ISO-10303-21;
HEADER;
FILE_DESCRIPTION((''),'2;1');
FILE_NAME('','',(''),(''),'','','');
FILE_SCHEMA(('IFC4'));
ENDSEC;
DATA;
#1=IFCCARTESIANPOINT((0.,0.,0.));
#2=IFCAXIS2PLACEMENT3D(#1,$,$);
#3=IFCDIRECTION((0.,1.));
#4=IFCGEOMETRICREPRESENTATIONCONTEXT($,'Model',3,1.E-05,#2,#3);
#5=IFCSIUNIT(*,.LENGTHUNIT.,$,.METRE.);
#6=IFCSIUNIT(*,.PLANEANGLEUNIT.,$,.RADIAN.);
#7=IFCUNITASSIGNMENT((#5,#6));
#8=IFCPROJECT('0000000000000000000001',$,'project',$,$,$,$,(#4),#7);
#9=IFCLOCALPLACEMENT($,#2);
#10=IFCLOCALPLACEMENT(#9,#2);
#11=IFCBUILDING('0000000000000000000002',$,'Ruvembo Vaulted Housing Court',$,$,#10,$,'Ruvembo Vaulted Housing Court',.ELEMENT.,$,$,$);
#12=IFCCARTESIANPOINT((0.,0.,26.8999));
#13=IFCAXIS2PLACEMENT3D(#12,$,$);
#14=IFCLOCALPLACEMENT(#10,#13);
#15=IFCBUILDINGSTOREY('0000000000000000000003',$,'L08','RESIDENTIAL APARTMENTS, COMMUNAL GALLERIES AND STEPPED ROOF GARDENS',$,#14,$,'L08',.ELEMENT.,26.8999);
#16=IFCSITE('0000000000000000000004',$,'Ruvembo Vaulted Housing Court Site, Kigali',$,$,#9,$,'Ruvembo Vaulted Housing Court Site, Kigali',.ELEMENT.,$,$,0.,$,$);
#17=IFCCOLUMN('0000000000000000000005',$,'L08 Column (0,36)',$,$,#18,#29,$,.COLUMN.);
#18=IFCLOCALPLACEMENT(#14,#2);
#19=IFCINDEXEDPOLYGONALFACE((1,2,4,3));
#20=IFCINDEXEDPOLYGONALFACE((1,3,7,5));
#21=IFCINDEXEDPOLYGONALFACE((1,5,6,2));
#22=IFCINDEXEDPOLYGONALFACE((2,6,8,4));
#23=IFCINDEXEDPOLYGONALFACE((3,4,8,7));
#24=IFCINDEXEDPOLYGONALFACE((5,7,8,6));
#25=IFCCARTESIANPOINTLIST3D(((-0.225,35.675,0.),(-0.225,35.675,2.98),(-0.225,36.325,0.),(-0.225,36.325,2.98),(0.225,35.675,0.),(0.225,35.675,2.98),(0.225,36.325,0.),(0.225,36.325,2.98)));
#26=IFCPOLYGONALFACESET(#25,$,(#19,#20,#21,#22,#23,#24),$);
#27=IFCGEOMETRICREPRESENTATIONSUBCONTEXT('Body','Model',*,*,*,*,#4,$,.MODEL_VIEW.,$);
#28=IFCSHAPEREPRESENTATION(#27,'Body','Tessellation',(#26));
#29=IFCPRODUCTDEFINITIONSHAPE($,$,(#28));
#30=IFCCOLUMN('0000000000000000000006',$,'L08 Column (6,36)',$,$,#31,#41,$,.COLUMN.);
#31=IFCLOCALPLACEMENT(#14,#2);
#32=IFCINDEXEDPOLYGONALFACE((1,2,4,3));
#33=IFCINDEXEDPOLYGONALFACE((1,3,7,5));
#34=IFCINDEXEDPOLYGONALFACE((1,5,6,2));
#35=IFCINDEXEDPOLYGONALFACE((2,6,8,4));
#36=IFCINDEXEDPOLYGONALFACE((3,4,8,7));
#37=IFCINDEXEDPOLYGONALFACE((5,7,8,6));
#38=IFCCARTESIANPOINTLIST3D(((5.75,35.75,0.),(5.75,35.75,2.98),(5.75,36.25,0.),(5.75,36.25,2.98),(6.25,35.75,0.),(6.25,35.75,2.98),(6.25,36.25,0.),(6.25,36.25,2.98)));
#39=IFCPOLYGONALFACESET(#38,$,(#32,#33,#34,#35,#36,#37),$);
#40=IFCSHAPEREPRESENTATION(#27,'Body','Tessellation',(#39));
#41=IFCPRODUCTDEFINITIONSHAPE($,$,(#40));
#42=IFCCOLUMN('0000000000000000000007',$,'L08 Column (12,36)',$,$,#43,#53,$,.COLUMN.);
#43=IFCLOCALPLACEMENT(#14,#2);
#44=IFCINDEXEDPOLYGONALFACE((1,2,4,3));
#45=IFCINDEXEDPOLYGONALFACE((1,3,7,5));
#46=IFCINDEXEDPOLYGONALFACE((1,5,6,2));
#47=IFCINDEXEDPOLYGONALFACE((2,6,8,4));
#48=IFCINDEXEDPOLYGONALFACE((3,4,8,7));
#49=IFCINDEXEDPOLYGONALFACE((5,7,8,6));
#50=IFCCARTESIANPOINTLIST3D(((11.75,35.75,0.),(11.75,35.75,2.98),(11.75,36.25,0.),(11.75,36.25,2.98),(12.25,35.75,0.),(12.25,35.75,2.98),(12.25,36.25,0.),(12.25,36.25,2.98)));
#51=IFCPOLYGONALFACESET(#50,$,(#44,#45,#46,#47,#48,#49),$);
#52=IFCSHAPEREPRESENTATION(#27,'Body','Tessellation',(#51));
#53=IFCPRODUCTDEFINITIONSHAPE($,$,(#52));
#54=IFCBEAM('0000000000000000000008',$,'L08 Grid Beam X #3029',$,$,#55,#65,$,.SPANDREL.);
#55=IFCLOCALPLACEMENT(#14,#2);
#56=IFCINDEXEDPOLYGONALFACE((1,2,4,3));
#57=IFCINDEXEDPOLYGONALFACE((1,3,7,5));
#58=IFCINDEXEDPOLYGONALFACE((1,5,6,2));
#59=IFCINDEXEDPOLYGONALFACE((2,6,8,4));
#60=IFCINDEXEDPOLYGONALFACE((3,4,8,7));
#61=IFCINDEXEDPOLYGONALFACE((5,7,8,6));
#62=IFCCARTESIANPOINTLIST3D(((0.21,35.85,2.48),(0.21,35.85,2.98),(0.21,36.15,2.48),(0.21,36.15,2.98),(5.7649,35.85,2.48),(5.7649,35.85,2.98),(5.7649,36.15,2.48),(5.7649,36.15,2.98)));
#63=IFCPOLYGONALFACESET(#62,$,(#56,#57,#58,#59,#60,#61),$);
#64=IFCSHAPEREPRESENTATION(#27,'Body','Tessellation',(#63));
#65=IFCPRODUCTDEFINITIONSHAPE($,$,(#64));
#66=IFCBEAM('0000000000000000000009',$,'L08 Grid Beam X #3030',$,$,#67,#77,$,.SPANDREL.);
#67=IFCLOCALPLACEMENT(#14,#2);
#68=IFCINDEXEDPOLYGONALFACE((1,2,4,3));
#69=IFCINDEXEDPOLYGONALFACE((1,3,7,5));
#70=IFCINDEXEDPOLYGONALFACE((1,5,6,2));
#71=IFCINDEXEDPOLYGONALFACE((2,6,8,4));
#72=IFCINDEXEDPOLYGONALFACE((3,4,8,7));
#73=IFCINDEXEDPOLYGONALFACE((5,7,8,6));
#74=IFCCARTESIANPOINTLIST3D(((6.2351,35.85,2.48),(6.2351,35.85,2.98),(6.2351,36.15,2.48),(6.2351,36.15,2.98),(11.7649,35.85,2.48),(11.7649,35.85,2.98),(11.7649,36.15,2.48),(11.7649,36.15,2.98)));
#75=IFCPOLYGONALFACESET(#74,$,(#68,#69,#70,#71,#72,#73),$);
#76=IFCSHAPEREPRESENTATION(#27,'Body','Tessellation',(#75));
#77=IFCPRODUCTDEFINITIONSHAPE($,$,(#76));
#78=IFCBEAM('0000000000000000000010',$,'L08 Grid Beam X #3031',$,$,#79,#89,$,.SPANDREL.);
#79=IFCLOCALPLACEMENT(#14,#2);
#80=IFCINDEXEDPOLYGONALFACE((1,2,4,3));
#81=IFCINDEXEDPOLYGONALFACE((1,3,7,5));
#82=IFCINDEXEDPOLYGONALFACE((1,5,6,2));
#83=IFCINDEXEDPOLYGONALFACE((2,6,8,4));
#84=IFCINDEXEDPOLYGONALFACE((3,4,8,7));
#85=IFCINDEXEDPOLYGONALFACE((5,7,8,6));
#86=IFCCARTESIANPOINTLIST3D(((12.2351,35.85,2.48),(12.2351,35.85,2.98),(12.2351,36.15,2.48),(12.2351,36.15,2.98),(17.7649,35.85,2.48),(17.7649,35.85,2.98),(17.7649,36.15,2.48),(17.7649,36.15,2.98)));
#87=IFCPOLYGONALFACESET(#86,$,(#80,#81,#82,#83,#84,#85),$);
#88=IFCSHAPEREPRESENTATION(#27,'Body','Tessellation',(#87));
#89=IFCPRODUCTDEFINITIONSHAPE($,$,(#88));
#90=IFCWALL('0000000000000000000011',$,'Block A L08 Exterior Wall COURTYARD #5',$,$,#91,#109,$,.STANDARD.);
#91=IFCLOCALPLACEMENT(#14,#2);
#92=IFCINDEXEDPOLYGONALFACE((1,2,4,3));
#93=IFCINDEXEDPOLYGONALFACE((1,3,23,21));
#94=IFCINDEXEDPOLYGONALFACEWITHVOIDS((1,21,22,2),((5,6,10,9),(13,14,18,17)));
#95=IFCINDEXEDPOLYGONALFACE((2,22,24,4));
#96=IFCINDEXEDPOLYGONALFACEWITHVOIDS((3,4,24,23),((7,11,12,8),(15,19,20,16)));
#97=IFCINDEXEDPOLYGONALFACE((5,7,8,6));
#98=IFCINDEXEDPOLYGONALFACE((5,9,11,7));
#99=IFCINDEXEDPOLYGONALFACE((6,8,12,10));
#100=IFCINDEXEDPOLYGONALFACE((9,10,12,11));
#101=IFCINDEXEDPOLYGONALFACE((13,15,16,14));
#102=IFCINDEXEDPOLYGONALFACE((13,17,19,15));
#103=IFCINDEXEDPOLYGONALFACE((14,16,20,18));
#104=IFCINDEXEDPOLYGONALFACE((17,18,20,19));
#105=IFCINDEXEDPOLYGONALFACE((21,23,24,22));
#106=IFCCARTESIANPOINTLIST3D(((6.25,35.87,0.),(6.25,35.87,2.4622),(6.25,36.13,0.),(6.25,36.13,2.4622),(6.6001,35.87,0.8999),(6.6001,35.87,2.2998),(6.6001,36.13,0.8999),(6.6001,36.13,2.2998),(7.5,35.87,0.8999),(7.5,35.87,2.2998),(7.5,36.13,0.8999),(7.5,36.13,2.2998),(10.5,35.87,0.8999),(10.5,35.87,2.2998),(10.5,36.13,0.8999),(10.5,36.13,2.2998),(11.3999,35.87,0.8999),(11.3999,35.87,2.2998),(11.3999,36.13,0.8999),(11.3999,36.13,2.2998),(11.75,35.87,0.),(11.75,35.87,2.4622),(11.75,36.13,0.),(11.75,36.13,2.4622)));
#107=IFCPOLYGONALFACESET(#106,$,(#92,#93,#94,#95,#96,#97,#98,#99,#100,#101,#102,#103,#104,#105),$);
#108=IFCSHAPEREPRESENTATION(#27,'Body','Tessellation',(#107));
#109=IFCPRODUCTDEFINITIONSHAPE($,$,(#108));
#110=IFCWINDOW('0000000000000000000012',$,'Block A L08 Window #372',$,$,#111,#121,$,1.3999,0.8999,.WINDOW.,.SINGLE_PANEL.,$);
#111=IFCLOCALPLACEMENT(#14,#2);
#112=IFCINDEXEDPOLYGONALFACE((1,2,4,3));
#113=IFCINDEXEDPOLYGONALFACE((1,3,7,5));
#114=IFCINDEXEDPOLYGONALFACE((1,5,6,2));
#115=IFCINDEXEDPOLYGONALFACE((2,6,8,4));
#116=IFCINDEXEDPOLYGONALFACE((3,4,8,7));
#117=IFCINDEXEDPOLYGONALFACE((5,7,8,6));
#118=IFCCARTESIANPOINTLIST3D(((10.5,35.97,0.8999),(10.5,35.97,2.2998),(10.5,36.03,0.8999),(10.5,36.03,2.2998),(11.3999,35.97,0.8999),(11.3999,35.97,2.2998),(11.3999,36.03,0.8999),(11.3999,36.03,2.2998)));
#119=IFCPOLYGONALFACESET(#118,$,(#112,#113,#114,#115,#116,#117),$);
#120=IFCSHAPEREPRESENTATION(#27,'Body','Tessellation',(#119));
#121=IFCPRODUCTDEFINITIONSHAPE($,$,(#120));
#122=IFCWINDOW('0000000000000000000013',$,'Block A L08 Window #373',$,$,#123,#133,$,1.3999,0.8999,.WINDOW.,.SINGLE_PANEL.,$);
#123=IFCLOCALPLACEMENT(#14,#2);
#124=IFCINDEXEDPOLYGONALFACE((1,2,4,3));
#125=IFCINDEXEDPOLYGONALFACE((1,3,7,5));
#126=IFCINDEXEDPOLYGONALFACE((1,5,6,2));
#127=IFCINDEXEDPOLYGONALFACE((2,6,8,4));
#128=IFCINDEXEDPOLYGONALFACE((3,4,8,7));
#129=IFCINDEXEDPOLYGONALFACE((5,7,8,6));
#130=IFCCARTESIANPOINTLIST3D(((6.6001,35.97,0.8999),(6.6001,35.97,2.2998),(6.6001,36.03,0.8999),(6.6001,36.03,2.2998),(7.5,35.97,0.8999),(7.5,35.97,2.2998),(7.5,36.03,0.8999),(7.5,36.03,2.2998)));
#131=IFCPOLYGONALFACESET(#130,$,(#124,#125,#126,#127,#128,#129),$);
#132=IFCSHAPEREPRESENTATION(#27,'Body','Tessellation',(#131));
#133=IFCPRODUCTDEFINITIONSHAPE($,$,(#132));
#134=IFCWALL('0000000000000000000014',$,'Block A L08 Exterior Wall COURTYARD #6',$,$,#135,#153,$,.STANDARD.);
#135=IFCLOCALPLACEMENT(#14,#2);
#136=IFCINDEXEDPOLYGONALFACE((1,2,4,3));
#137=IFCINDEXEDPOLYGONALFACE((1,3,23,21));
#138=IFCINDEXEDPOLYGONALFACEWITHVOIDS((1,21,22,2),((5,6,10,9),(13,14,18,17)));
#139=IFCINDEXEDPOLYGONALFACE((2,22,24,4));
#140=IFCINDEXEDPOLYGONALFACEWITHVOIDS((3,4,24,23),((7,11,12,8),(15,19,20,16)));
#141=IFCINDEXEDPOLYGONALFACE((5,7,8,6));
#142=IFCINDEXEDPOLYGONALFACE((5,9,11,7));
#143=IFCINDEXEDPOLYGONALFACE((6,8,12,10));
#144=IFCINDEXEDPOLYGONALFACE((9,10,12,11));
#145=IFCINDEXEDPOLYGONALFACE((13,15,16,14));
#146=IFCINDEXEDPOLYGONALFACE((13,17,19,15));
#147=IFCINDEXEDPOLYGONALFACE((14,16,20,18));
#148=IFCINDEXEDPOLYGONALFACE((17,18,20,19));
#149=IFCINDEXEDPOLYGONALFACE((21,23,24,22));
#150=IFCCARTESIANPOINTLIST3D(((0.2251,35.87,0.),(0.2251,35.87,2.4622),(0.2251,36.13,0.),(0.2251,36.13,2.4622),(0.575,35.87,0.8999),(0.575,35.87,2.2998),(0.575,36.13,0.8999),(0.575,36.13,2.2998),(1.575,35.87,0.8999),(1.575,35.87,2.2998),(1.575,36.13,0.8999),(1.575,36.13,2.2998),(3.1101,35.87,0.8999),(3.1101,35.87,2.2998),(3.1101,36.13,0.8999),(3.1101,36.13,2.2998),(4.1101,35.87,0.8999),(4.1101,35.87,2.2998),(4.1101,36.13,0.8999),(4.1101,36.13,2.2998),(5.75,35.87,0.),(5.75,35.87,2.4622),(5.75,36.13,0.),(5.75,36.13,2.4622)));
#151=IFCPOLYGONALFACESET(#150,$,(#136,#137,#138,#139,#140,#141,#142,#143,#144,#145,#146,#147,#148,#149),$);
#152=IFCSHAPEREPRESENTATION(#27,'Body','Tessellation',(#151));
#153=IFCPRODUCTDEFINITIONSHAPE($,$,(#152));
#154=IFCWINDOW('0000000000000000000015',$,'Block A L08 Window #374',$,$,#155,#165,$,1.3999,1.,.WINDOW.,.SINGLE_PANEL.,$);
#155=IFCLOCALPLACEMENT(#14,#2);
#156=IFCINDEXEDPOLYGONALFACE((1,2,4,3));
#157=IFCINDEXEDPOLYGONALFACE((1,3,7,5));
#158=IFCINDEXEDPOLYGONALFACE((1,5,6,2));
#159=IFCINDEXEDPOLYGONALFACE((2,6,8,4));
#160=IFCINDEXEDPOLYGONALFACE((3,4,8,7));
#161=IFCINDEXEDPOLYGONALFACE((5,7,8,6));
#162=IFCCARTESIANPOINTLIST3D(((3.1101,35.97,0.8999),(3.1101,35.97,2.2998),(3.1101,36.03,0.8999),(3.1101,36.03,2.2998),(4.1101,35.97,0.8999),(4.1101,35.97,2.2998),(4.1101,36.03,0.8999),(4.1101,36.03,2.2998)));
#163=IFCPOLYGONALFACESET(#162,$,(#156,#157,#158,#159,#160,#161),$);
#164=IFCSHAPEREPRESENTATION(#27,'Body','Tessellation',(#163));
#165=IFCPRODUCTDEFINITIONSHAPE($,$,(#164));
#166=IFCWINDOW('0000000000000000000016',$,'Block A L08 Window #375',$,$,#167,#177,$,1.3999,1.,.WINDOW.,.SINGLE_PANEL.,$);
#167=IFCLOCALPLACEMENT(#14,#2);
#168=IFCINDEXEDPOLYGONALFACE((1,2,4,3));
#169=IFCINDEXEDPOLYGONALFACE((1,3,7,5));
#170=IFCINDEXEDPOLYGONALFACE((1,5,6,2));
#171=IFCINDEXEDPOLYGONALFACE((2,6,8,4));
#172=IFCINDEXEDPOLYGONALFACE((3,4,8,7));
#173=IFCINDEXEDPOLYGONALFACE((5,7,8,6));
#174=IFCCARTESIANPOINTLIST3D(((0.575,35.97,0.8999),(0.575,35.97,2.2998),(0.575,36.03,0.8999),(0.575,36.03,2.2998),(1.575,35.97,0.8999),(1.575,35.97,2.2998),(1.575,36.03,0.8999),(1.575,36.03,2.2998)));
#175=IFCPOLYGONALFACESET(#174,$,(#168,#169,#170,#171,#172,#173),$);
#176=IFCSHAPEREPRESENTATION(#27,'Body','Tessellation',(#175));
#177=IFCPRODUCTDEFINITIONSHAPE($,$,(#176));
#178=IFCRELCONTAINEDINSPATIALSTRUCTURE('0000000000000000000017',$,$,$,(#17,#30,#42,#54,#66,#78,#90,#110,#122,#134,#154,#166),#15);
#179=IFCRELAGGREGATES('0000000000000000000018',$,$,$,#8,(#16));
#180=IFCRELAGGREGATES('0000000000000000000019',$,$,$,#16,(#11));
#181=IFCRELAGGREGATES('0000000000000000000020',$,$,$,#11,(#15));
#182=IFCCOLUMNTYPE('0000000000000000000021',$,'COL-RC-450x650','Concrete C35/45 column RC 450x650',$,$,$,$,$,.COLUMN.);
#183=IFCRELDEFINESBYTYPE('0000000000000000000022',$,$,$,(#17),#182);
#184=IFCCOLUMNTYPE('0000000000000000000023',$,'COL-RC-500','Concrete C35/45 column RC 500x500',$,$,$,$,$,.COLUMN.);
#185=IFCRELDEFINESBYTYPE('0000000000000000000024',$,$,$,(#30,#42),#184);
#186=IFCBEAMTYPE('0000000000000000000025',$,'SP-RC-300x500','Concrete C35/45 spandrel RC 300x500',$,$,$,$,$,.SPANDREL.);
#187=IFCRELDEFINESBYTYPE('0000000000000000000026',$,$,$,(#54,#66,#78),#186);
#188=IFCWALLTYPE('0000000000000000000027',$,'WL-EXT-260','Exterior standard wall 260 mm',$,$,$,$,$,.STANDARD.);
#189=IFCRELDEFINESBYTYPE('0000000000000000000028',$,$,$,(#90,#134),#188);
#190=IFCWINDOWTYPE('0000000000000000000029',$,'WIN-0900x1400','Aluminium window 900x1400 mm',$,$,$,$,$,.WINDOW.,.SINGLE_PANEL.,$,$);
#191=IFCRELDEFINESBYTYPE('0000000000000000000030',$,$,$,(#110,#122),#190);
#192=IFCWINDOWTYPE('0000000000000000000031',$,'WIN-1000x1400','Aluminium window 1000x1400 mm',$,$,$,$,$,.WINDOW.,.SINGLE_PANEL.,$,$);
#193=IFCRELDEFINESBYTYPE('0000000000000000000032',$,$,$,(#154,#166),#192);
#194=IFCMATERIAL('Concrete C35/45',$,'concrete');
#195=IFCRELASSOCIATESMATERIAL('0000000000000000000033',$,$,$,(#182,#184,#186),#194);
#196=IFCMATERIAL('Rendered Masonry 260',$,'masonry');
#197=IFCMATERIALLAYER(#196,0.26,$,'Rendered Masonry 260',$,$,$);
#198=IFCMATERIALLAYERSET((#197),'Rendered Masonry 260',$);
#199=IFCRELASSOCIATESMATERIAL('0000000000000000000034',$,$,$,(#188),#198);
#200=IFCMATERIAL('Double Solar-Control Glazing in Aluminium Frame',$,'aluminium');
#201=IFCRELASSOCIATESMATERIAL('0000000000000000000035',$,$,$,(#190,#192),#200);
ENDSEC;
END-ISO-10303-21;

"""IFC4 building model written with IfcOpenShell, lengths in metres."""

from ifc_helpers import new_model, si_unit, direction, frame, frame_2d, origin, origin_2d, place, context, subcontext, project, spatial, rectangle, extrude, material, layer, layer_set, material_profile, profile_set, type_object, element, fill, save


model = new_model("IFC4")

# Units and contexts
model_context = context("Model", 3, precision=1e-05, world=origin(), true_north=direction((0.0, 1.0)))
body_context = subcontext(model_context, "Body", "Model", "MODEL_VIEW")
ifc_project = project(units=[si_unit("LENGTHUNIT", "METRE"), si_unit("PLANEANGLEUNIT", "RADIAN")], contexts=[model_context])

# Site, building, storey
site_placement = place(None, origin())
site = spatial("IfcSite", under=ifc_project, at=site_placement, Name="Ruvembo Vaulted Housing Court Site, Kigali", LongName="Ruvembo Vaulted Housing Court Site, Kigali", CompositionType="ELEMENT", RefElevation=0.0)
building_placement = place(site_placement, origin())
building = spatial("IfcBuilding", under=site, at=building_placement, Name="Ruvembo Vaulted Housing Court", LongName="Ruvembo Vaulted Housing Court", CompositionType="ELEMENT")
storey_placement = place(building_placement, frame((0.0, 0.0, 26.8999)))
storey = spatial("IfcBuildingStorey", under=building, at=storey_placement, Name="L08", Description="RESIDENTIAL APARTMENTS, COMMUNAL GALLERIES AND STEPPED ROOF GARDENS", LongName="L08", CompositionType="ELEMENT", Elevation=26.8999)

# Columns
ifc_material_1 = material(Name="Concrete C35/45", Category="concrete")
ifc_material_profile_1 = material_profile(ifc_material_1, rectangle(XDim=0.45, YDim=0.6499, at=origin_2d()), Name="RC 450x650")
ifc_profile_set_1 = profile_set([ifc_material_profile_1], Name="Concrete C35/45")
column_type_1 = type_object("IfcColumnType", Name="COL-RC-450x650", Description="Concrete C35/45 column RC 450x650", PredefinedType="COLUMN", material=ifc_profile_set_1)
column_placement = place(storey_placement, frame((0.0, 36.0, 0.0), z_axis=(0.0, 0.0, 1.0), x_axis=(1.0, 0.0, 0.0)))
element("IfcColumn", 1, at=column_placement, inside=storey, type_object=column_type_1, Name="L08 Column (0,36)", PredefinedType="COLUMN", context=body_context, shape_type="SweptSolid", body=[
    extrude(rectangle(XDim=0.45, YDim=0.6499, at=origin_2d()), origin(), (0.0, 0.0, 1.0), 2.98),
])
ifc_material_profile_2 = material_profile(ifc_material_1, rectangle(XDim=0.5, YDim=0.5, at=origin_2d()), Name="RC 500x500")
ifc_profile_set_2 = profile_set([ifc_material_profile_2], Name="Concrete C35/45")
column_type_2 = type_object("IfcColumnType", Name="COL-RC-500", Description="Concrete C35/45 column RC 500x500", PredefinedType="COLUMN", material=ifc_profile_set_2)
for number, where, z_axis, x_axis, name in (
    (2, (6.0, 36.0, 0.0), (0.0, 0.0, 1.0), (1.0, 0.0, 0.0), "L08 Column (6,36)"),
    (3, (12.0, 36.0, 0.0), (0.0, 0.0, 1.0), (1.0, 0.0, 0.0), "L08 Column (12,36)"),
):
    element("IfcColumn", number, at=place(storey_placement, frame(where, z_axis=z_axis, x_axis=x_axis)), inside=storey, type_object=column_type_2, Name=name, PredefinedType="COLUMN", context=body_context, shape_type="SweptSolid", body=[
        extrude(rectangle(XDim=0.5, YDim=0.5, at=origin_2d()), origin(), (0.0, 0.0, 1.0), 2.98),
    ])

# Beams
ifc_material_profile_3 = material_profile(ifc_material_1, rectangle(XDim=0.3, YDim=0.5, at=origin_2d()), Name="RC 300x500")
ifc_profile_set_3 = profile_set([ifc_material_profile_3], Name="Concrete C35/45")
beam_type = type_object("IfcBeamType", Name="SP-RC-300x500", Description="Concrete C35/45 spandrel RC 300x500", PredefinedType="SPANDREL", material=ifc_profile_set_3)
beam_placement = place(storey_placement, frame((0.21, 36.0, 2.73), z_axis=(1.0, 0.0, 0.0), x_axis=(0.0, 1.0, 0.0)))
element("IfcBeam", 4, at=beam_placement, inside=storey, type_object=beam_type, Name="L08 Grid Beam X #3029", PredefinedType="SPANDREL", context=body_context, shape_type="SweptSolid", body=[
    extrude(rectangle(XDim=0.3, YDim=0.5, at=origin_2d()), origin(), (0.0, 0.0, 1.0), 5.5549),
])
for number, where, z_axis, x_axis, name in (
    (5, (6.2351, 36.0, 2.73), (1.0, 0.0, 0.0), (0.0, 1.0, 0.0), "L08 Grid Beam X #3030"),
    (6, (12.2351, 36.0, 2.73), (1.0, 0.0, 0.0), (0.0, 1.0, 0.0), "L08 Grid Beam X #3031"),
):
    element("IfcBeam", number, at=place(storey_placement, frame(where, z_axis=z_axis, x_axis=x_axis)), inside=storey, type_object=beam_type, Name=name, PredefinedType="SPANDREL", context=body_context, shape_type="SweptSolid", body=[
        extrude(rectangle(XDim=0.3, YDim=0.5, at=origin_2d()), origin(), (0.0, 0.0, 1.0), 5.5298),
    ])

# Walls, openings, windows
ifc_material_2 = material(Name="Rendered Masonry 260", Category="masonry")
ifc_layer = layer(ifc_material_2, 0.26, Name="Rendered Masonry 260")
ifc_layer_set = layer_set([ifc_layer], Name="Rendered Masonry 260")
wall_type = type_object("IfcWallType", Name="WL-EXT-260", Description="Exterior standard wall 260 mm", PredefinedType="STANDARD", material=ifc_layer_set)
wall_1_placement = place(storey_placement, frame((11.75, 36.0, 0.0), z_axis=(0.0, 0.0, 1.0), x_axis=(-1.0, 0.0, 0.0)))
wall_1 = element("IfcWall", 7, at=wall_1_placement, inside=storey, type_object=wall_type, Name="Block A L08 Exterior Wall COURTYARD #5", PredefinedType="STANDARD", context=body_context, shape_type="SweptSolid", body=[
    extrude(rectangle(XDim=5.5, YDim=0.26, at=frame_2d((2.75, 0.0))), origin(), (0.0, 0.0, 1.0), 2.4622),
])
opening_1_placement = place(wall_1_placement, frame((0.3501, 0.0, 0.8999)))
opening_1 = element("IfcOpeningElement", 8, at=opening_1_placement, cuts=wall_1, PredefinedType="OPENING", context=body_context, shape_type="SweptSolid", body=[
    extrude(rectangle(XDim=0.8999, YDim=1.3999, at=frame_2d((0.45, 0.7))), frame((0.0, 0.1399, 0.0), z_axis=(0.0, -1.0, 0.0), x_axis=(1.0, 0.0, 0.0)), (0.0, 0.0, 1.0), 0.28),
])
opening_2_placement = place(wall_1_placement, frame((4.25, 0.0, 0.8999)))
opening_2 = element("IfcOpeningElement", 9, at=opening_2_placement, cuts=wall_1, PredefinedType="OPENING", context=body_context, shape_type="SweptSolid", body=[
    extrude(rectangle(XDim=0.8999, YDim=1.3999, at=frame_2d((0.45, 0.7))), frame((0.0, 0.1399, 0.0), z_axis=(0.0, -1.0, 0.0), x_axis=(1.0, 0.0, 0.0)), (0.0, 0.0, 1.0), 0.28),
])
ifc_material_3 = material(Name="Double Solar-Control Glazing in Aluminium Frame", Category="aluminium")
window_type_1 = type_object("IfcWindowType", Name="WIN-0900x1400", Description="Aluminium window 900x1400 mm", PartitioningType="SINGLE_PANEL", PredefinedType="WINDOW", material=ifc_material_3)
window_1_placement = place(opening_1_placement, origin())
window_1 = element("IfcWindow", 10, at=window_1_placement, inside=storey, type_object=window_type_1, Name="Block A L08 Window #372", OverallHeight=1.3999, OverallWidth=0.8999, PartitioningType="SINGLE_PANEL", PredefinedType="WINDOW", context=body_context, shape_type="SweptSolid", body=[
    extrude(rectangle(XDim=0.8999, YDim=1.3999, at=frame_2d((0.45, 0.7))), frame((0.0, 0.03, 0.0), z_axis=(0.0, -1.0, 0.0), x_axis=(1.0, 0.0, 0.0)), (0.0, 0.0, 1.0), 0.0601),
])
fill(opening_1, window_1)
window_2_placement = place(opening_2_placement, origin())
window_2 = element("IfcWindow", 11, at=window_2_placement, inside=storey, type_object=window_type_1, Name="Block A L08 Window #373", OverallHeight=1.3999, OverallWidth=0.8999, PartitioningType="SINGLE_PANEL", PredefinedType="WINDOW", context=body_context, shape_type="SweptSolid", body=[
    extrude(rectangle(XDim=0.8999, YDim=1.3999, at=frame_2d((0.45, 0.7))), frame((0.0, 0.03, 0.0), z_axis=(0.0, -1.0, 0.0), x_axis=(1.0, 0.0, 0.0)), (0.0, 0.0, 1.0), 0.0601),
])
fill(opening_2, window_2)
wall_2_placement = place(storey_placement, frame((5.75, 36.0, 0.0), z_axis=(0.0, 0.0, 1.0), x_axis=(-1.0, 0.0, 0.0)))
wall_2 = element("IfcWall", 12, at=wall_2_placement, inside=storey, type_object=wall_type, Name="Block A L08 Exterior Wall COURTYARD #6", PredefinedType="STANDARD", context=body_context, shape_type="SweptSolid", body=[
    extrude(rectangle(XDim=5.5249, YDim=0.26, at=frame_2d((2.7625, 0.0))), origin(), (0.0, 0.0, 1.0), 2.4622),
])
opening_3_placement = place(wall_2_placement, frame((1.6399, 0.0, 0.8999)))
opening_3 = element("IfcOpeningElement", 13, at=opening_3_placement, cuts=wall_2, PredefinedType="OPENING", context=body_context, shape_type="SweptSolid", body=[
    extrude(rectangle(XDim=1.0, YDim=1.3999, at=frame_2d((0.5, 0.7))), frame((0.0, 0.1399, 0.0), z_axis=(0.0, -1.0, 0.0), x_axis=(1.0, 0.0, 0.0)), (0.0, 0.0, 1.0), 0.28),
])
opening_4_placement = place(wall_2_placement, frame((4.175, 0.0, 0.8999)))
opening_4 = element("IfcOpeningElement", 14, at=opening_4_placement, cuts=wall_2, PredefinedType="OPENING", context=body_context, shape_type="SweptSolid", body=[
    extrude(rectangle(XDim=1.0, YDim=1.3999, at=frame_2d((0.5, 0.7))), frame((0.0, 0.1399, 0.0), z_axis=(0.0, -1.0, 0.0), x_axis=(1.0, 0.0, 0.0)), (0.0, 0.0, 1.0), 0.28),
])
window_type_2 = type_object("IfcWindowType", Name="WIN-1000x1400", Description="Aluminium window 1000x1400 mm", PartitioningType="SINGLE_PANEL", PredefinedType="WINDOW", material=ifc_material_3)
window_3_placement = place(opening_3_placement, origin())
window_3 = element("IfcWindow", 15, at=window_3_placement, inside=storey, type_object=window_type_2, Name="Block A L08 Window #374", OverallHeight=1.3999, OverallWidth=1.0, PartitioningType="SINGLE_PANEL", PredefinedType="WINDOW", context=body_context, shape_type="SweptSolid", body=[
    extrude(rectangle(XDim=1.0, YDim=1.3999, at=frame_2d((0.5, 0.7))), frame((0.0, 0.03, 0.0), z_axis=(0.0, -1.0, 0.0), x_axis=(1.0, 0.0, 0.0)), (0.0, 0.0, 1.0), 0.0601),
])
fill(opening_3, window_3)
window_4_placement = place(opening_4_placement, origin())
window_4 = element("IfcWindow", 16, at=window_4_placement, inside=storey, type_object=window_type_2, Name="Block A L08 Window #375", OverallHeight=1.3999, OverallWidth=1.0, PartitioningType="SINGLE_PANEL", PredefinedType="WINDOW", context=body_context, shape_type="SweptSolid", body=[
    extrude(rectangle(XDim=1.0, YDim=1.3999, at=frame_2d((0.5, 0.7))), frame((0.0, 0.03, 0.0), z_axis=(0.0, -1.0, 0.0), x_axis=(1.0, 0.0, 0.0)), (0.0, 0.0, 1.0), 0.0601),
])
fill(opening_4, window_4)

save(model, "model.ifc")
